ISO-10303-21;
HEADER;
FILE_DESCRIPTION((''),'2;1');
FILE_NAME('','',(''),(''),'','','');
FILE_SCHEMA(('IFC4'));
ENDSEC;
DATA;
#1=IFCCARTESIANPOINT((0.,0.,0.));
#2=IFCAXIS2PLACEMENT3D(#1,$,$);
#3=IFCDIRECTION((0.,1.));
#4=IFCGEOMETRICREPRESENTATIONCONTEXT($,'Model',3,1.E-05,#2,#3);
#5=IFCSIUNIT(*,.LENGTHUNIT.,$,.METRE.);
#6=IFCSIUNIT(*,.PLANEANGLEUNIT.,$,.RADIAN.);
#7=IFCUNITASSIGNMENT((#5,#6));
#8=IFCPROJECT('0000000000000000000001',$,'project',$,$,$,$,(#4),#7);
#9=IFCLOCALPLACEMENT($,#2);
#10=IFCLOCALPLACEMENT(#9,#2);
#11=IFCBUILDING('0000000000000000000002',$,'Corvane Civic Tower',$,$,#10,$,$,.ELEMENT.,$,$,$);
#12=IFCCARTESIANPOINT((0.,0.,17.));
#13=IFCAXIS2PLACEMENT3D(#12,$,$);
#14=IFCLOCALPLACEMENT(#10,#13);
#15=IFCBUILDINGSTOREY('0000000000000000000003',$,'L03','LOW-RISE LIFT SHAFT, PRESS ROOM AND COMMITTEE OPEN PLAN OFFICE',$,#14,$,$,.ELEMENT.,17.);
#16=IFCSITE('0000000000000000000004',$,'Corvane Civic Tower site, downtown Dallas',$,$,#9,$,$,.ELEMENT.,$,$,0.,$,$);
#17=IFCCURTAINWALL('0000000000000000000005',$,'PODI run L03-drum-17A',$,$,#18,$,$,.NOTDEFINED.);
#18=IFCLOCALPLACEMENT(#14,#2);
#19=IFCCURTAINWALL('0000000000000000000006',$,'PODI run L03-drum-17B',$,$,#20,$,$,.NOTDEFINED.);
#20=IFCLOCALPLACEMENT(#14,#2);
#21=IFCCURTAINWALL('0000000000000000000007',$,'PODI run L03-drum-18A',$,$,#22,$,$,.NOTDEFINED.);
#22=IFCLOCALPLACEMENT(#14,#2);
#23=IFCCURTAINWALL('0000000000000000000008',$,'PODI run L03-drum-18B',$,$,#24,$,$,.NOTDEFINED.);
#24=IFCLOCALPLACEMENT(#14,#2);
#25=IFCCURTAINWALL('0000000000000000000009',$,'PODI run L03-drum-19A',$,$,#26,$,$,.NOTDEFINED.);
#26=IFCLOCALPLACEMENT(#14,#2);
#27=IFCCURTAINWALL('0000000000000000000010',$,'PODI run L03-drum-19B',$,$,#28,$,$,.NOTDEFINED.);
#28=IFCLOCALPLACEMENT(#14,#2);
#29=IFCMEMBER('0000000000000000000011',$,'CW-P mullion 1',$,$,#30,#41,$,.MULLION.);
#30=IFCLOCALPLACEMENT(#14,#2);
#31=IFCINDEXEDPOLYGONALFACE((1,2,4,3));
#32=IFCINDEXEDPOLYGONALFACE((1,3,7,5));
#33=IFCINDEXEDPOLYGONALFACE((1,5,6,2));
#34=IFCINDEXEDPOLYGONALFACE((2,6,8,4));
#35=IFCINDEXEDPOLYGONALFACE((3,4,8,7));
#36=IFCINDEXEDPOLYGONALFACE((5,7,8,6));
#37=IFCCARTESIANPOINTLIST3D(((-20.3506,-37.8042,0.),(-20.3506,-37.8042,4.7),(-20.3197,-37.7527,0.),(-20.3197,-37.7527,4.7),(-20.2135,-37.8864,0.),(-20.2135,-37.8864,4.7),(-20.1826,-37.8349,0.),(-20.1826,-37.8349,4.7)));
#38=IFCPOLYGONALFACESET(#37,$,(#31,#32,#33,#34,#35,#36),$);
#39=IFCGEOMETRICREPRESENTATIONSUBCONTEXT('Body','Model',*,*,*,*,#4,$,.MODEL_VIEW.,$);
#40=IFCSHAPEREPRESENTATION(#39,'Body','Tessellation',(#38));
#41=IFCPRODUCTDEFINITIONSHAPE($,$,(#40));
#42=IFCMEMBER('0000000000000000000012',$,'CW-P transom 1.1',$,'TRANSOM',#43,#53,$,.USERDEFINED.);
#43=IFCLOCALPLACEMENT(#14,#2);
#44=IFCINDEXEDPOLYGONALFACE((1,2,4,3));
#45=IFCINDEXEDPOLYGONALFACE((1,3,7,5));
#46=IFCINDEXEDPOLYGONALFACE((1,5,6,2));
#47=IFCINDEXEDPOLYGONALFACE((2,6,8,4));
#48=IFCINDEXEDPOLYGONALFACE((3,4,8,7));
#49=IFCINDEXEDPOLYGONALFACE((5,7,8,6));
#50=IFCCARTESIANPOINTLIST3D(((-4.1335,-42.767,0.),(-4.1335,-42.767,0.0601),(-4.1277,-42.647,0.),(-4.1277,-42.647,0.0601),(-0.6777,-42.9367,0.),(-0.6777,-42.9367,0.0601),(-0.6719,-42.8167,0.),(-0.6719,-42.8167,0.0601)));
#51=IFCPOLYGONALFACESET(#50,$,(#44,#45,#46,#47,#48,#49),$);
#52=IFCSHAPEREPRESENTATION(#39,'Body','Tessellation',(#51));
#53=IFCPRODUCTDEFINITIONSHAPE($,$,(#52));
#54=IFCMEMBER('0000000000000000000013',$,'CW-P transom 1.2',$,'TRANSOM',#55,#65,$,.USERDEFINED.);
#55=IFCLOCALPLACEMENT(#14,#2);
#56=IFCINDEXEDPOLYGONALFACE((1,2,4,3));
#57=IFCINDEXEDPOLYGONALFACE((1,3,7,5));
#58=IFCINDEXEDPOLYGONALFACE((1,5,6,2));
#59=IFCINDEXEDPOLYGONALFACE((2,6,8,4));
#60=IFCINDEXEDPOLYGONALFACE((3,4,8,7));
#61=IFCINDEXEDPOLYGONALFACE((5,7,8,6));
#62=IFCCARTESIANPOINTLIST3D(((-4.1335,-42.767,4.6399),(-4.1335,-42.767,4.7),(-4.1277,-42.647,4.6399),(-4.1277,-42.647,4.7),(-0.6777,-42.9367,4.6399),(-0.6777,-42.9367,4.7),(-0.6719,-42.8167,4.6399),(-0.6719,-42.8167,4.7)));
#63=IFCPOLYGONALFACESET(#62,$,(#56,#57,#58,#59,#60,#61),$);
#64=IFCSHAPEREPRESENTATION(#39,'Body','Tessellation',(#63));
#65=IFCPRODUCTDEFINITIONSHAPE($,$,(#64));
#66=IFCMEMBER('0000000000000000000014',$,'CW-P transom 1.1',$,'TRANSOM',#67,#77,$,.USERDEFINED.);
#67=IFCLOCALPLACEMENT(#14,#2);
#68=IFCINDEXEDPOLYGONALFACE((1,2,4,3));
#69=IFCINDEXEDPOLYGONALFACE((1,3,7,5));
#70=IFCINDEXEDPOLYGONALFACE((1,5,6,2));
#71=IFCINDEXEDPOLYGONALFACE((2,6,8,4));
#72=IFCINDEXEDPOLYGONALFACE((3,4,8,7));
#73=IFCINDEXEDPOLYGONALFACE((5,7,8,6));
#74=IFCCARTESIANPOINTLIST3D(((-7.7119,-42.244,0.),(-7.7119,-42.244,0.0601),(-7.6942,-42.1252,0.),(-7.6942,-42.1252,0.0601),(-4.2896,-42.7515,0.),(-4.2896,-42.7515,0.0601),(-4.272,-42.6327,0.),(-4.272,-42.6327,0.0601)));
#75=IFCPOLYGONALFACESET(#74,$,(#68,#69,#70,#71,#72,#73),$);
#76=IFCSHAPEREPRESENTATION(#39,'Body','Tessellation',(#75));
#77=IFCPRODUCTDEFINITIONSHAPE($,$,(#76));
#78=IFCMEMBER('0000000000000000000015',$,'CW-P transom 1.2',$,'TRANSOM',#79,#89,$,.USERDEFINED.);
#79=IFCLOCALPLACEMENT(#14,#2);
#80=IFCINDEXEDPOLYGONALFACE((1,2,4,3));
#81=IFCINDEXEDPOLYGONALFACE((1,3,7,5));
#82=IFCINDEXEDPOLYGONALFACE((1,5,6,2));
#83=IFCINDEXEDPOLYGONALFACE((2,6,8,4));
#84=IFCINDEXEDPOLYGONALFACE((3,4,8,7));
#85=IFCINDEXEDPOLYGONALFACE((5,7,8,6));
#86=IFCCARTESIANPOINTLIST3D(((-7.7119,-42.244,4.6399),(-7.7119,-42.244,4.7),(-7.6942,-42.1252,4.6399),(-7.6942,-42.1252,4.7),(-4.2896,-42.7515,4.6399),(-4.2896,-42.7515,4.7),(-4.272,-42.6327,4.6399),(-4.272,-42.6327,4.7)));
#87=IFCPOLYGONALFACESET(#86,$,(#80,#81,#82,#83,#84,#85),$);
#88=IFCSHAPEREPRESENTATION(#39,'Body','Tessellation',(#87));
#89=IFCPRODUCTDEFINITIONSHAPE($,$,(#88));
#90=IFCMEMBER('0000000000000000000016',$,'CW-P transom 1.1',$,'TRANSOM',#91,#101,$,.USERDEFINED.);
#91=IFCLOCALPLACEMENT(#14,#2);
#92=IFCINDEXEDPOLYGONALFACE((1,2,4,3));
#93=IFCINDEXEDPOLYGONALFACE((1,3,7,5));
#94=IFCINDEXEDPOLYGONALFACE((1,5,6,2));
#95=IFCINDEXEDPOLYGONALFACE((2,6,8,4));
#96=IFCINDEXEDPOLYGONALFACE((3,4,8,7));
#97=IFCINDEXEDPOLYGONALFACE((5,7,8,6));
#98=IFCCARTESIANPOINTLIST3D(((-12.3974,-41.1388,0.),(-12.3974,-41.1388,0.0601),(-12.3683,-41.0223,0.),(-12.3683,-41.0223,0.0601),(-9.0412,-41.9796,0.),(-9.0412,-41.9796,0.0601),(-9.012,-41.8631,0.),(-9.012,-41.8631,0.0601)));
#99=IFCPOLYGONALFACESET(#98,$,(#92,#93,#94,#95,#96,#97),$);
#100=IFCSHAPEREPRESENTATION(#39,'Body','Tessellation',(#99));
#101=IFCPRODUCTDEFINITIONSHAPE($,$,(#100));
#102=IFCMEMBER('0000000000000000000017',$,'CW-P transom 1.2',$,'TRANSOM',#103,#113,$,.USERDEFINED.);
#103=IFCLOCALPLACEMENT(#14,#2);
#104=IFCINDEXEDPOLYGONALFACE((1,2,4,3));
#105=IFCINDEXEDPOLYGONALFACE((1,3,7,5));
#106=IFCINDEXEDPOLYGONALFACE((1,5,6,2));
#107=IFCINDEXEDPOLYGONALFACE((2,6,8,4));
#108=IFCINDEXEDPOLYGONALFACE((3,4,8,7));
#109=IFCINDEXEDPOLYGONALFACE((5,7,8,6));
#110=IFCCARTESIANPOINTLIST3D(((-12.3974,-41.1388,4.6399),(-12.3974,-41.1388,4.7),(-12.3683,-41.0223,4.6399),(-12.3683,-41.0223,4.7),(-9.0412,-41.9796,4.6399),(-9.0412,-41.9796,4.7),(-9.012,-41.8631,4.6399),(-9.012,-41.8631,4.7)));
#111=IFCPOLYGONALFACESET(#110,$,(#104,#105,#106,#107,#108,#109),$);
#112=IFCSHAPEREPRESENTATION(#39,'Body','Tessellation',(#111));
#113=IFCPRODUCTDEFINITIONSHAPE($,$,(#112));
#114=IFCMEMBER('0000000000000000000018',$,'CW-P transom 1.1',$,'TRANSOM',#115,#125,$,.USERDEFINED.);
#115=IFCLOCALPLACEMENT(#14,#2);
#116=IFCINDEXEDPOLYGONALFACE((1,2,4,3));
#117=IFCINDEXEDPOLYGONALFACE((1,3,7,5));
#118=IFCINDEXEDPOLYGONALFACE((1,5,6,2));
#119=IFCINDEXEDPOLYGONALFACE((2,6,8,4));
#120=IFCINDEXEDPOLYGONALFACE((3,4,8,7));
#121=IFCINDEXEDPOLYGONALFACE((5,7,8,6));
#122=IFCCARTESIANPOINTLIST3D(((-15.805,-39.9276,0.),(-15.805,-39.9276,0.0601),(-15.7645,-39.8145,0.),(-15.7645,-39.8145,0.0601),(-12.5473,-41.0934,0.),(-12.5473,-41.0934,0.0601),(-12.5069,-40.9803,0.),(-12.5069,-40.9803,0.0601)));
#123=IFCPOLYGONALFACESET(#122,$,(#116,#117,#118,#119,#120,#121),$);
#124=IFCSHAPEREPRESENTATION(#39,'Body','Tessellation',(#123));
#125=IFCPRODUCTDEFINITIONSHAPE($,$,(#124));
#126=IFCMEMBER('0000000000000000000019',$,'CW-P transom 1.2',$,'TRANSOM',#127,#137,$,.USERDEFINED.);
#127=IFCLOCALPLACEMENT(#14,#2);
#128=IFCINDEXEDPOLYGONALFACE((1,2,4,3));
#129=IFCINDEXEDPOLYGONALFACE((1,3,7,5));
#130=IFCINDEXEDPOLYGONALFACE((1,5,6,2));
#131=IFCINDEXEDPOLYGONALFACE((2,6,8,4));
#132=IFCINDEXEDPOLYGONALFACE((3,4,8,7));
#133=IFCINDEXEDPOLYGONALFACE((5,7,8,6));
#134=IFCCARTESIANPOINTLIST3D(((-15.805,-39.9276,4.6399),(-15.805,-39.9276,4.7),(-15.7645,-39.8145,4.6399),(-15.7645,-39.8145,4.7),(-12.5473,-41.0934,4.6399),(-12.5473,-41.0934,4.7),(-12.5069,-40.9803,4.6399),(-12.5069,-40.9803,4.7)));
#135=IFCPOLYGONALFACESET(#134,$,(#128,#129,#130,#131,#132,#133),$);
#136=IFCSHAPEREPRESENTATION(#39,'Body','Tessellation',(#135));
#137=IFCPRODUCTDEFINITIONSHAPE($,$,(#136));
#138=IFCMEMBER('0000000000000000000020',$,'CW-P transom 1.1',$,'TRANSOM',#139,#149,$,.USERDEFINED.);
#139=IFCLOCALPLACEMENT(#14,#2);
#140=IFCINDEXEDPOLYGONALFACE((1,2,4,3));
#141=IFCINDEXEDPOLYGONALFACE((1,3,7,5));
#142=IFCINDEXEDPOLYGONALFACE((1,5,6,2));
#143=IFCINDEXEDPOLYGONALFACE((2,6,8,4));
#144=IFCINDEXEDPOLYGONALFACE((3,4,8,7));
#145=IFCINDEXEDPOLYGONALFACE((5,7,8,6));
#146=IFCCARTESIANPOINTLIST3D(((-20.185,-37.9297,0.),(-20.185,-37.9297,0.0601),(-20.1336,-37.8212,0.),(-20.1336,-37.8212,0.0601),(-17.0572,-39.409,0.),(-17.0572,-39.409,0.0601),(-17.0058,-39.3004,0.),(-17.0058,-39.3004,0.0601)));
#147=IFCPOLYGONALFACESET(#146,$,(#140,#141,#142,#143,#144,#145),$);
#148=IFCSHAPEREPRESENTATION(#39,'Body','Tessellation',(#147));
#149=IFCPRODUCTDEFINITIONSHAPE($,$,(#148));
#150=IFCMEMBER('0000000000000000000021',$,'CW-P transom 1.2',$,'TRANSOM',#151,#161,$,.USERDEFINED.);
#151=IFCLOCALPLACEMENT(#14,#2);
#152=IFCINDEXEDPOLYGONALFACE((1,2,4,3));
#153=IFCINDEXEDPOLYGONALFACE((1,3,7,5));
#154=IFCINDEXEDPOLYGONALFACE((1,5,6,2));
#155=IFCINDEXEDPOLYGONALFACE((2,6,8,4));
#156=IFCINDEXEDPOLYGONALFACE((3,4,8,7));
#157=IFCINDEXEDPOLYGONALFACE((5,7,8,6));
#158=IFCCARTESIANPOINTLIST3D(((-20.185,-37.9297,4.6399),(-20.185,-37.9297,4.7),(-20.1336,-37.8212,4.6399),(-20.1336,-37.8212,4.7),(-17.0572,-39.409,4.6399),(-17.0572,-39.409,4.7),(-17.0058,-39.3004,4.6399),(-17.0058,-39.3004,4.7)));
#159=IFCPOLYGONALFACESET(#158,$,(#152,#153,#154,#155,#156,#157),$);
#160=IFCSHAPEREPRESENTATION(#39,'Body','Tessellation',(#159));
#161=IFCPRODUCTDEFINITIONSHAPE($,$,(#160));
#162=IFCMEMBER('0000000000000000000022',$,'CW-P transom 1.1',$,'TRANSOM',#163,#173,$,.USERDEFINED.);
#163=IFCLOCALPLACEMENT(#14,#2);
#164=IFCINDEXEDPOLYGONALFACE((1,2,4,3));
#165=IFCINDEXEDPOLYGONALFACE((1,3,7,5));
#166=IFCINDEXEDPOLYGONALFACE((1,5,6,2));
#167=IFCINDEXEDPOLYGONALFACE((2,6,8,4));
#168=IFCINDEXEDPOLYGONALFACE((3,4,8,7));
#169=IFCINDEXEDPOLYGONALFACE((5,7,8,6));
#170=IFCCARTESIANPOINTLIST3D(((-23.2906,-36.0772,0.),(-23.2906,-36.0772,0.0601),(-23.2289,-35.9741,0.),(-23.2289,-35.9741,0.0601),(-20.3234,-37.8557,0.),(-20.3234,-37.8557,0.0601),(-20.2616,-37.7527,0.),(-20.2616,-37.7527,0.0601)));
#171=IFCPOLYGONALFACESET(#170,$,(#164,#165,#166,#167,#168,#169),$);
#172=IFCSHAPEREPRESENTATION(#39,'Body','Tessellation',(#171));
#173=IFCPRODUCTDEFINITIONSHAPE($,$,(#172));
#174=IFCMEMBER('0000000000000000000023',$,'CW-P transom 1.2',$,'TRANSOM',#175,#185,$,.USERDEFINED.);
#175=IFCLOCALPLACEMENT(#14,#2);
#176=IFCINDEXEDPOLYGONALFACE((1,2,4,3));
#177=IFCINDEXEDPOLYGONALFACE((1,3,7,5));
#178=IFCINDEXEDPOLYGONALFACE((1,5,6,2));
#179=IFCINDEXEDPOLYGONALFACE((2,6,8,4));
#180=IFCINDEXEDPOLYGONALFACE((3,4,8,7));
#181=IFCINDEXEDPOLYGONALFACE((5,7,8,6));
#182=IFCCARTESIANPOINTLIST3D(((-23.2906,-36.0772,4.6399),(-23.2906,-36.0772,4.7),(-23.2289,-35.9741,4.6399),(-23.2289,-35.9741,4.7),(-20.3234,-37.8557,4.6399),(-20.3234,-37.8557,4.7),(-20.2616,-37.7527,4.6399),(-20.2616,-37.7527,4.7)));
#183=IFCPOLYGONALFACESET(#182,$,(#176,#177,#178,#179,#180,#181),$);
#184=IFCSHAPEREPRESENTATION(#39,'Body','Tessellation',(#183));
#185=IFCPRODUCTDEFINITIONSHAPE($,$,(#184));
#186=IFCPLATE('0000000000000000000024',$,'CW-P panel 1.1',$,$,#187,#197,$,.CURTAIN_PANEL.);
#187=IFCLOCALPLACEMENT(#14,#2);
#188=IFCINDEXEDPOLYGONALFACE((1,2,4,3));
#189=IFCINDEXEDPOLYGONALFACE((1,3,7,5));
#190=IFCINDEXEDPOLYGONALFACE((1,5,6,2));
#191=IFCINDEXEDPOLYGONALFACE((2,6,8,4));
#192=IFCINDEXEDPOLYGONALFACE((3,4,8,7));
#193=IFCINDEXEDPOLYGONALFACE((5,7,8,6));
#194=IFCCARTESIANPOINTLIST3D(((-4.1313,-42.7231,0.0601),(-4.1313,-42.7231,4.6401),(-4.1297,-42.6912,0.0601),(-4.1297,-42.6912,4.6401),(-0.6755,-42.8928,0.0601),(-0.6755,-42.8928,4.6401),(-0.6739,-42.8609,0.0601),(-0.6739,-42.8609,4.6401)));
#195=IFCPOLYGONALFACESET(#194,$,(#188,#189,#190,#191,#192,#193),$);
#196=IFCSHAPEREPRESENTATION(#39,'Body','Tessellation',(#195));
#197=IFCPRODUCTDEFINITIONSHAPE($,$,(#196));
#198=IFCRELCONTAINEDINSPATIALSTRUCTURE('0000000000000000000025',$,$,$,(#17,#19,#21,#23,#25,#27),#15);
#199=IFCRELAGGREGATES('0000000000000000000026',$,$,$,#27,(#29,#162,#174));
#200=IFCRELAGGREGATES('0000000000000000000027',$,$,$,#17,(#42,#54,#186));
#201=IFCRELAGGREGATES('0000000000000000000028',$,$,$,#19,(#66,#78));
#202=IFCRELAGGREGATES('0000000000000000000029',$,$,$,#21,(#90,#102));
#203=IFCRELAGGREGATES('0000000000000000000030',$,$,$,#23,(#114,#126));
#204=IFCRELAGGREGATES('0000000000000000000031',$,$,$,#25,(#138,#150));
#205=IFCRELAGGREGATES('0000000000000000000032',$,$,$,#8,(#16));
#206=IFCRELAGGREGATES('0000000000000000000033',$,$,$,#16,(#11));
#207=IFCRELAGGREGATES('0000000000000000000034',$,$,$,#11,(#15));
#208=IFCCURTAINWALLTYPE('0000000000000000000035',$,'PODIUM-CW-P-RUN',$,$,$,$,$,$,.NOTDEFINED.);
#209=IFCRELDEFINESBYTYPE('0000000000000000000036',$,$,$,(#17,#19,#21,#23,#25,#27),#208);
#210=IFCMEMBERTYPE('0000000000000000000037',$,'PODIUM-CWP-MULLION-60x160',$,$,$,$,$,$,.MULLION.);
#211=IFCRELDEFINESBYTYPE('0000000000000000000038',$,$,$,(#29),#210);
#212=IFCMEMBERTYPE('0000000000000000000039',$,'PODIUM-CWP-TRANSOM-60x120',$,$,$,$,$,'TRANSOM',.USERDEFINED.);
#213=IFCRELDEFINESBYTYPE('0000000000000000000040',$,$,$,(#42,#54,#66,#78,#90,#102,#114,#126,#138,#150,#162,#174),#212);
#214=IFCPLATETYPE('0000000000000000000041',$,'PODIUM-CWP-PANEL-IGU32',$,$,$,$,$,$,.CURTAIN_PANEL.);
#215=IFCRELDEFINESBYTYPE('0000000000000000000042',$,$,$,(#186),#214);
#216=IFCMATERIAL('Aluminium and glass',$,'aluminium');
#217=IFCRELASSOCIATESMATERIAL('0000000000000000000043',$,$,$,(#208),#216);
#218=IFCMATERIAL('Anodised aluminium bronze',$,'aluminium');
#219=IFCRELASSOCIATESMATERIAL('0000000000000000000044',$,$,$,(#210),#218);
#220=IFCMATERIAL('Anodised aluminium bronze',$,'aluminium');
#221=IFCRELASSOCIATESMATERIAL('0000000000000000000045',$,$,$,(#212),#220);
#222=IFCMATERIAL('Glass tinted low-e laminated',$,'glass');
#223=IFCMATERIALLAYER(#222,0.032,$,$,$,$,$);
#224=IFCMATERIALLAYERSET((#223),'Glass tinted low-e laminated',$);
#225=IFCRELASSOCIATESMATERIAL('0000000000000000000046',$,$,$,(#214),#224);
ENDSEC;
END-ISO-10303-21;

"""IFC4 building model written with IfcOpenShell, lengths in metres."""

from ifc_helpers import new_model, si_unit, direction, frame, origin, origin_2d, place, context, subcontext, project, spatial, rectangle, extrude, material, layer, layer_set, material_profile, profile_set, type_object, element, aggregate, save


model = new_model("IFC4")

# Units and contexts
model_context = context("Model", 3, precision=1e-05, world=origin(), true_north=direction((0.0, 1.0)))
body_context = subcontext(model_context, "Body", "Model", "MODEL_VIEW")
ifc_project = project(units=[si_unit("LENGTHUNIT", "METRE"), si_unit("PLANEANGLEUNIT", "RADIAN")], contexts=[model_context])

# Site, building, storey
site_placement = place(None, origin())
site = spatial("IfcSite", under=ifc_project, at=site_placement, Name="Corvane Civic Tower site, downtown Dallas", CompositionType="ELEMENT", RefElevation=0.0)
building_placement = place(site_placement, origin())
building = spatial("IfcBuilding", under=site, at=building_placement, Name="Corvane Civic Tower", CompositionType="ELEMENT")
storey_placement = place(building_placement, frame((0.0, 0.0, 17.0)))
storey = spatial("IfcBuildingStorey", under=building, at=storey_placement, Name="L03", Description="LOW-RISE LIFT SHAFT, PRESS ROOM AND COMMITTEE OPEN PLAN OFFICE", CompositionType="ELEMENT", Elevation=17.0)

# Curtain wall
ifc_material_1 = material(Name="Aluminium and glass", Category="aluminium")
curtain_wall_type = type_object("IfcCurtainWallType", Name="PODIUM-CW-P-RUN", PredefinedType="NOTDEFINED", material=ifc_material_1)
curtain_wall_1_placement = place(storey_placement, origin())
curtain_wall_1 = element("IfcCurtainWall", 1, at=curtain_wall_1_placement, inside=storey, type_object=curtain_wall_type, Name="PODI run L03-drum-17A", PredefinedType="NOTDEFINED")
ifc_material_2 = material(Name="Anodised aluminium bronze", Category="aluminium")
ifc_material_profile_1 = material_profile(ifc_material_2, rectangle(XDim=0.0601, YDim=0.1599, at=origin_2d()), Name="AL 60x160")
ifc_profile_set_1 = profile_set([ifc_material_profile_1], Name="Anodised aluminium bronze")
member_type_1 = type_object("IfcMemberType", Name="PODIUM-CWP-MULLION-60x160", PredefinedType="MULLION", material=ifc_profile_set_1)

# Curtain walls
curtain_wall_2_placement = place(storey_placement, origin())
curtain_wall_2 = element("IfcCurtainWall", 2, at=curtain_wall_2_placement, inside=storey, type_object=curtain_wall_type, Name="PODI run L03-drum-17B", PredefinedType="NOTDEFINED")
curtain_wall_3_placement = place(storey_placement, origin())
curtain_wall_3 = element("IfcCurtainWall", 3, at=curtain_wall_3_placement, inside=storey, type_object=curtain_wall_type, Name="PODI run L03-drum-18A", PredefinedType="NOTDEFINED")
curtain_wall_4_placement = place(storey_placement, origin())
curtain_wall_4 = element("IfcCurtainWall", 4, at=curtain_wall_4_placement, inside=storey, type_object=curtain_wall_type, Name="PODI run L03-drum-18B", PredefinedType="NOTDEFINED")
curtain_wall_5_placement = place(storey_placement, origin())
curtain_wall_5 = element("IfcCurtainWall", 5, at=curtain_wall_5_placement, inside=storey, type_object=curtain_wall_type, Name="PODI run L03-drum-19A", PredefinedType="NOTDEFINED")

# Curtain wall, member
curtain_wall_6_placement = place(storey_placement, origin())
curtain_wall_6 = element("IfcCurtainWall", 6, at=curtain_wall_6_placement, inside=storey, type_object=curtain_wall_type, Name="PODI run L03-drum-19B", PredefinedType="NOTDEFINED")
member_1_placement = place(storey_placement, frame((-20.2666, -37.8196, 0.0), z_axis=(0.0, 0.0, 1.0), x_axis=(-0.514118, -0.85772, 0.0)))
member_1 = element("IfcMember", 7, at=member_1_placement, type_object=member_type_1, Name="CW-P mullion 1", PredefinedType="MULLION", context=body_context, shape_type="SweptSolid", body=[
    extrude(rectangle(XDim=0.0601, YDim=0.1599, at=origin_2d()), origin(), (0.0, 0.0, 1.0), 4.7),
])

# Members
ifc_material_3 = material(Name="Anodised aluminium bronze", Category="aluminium")
ifc_material_profile_2 = material_profile(ifc_material_3, rectangle(XDim=0.1201, YDim=0.0601, at=origin_2d()), Name="AL 120x60")
ifc_profile_set_2 = profile_set([ifc_material_profile_2], Name="Anodised aluminium bronze")
member_type_2 = type_object("IfcMemberType", Name="PODIUM-CWP-TRANSOM-60x120", ElementType="TRANSOM", PredefinedType="USERDEFINED", material=ifc_profile_set_2)
member_2_placement = place(storey_placement, frame((-0.6748, -42.8767, 0.03), z_axis=(-0.998797, 0.04904, 0.0), x_axis=(-0.04904, -0.998797, 0.0)))
member_2 = element("IfcMember", 8, at=member_2_placement, type_object=member_type_2, Name="CW-P transom 1.1", ObjectType="TRANSOM", PredefinedType="USERDEFINED", context=body_context, shape_type="SweptSolid", body=[
    extrude(rectangle(XDim=0.1201, YDim=0.0601, at=origin_2d()), origin(), (0.0, 0.0, 1.0), 3.46),
])
member_3_placement = place(storey_placement, frame((-0.6748, -42.8767, 4.6699), z_axis=(-0.998797, 0.04904, 0.0), x_axis=(-0.04904, -0.998797, 0.0)))
member_3 = element("IfcMember", 9, at=member_3_placement, type_object=member_type_2, Name="CW-P transom 1.2", ObjectType="TRANSOM", PredefinedType="USERDEFINED", context=body_context, shape_type="SweptSolid", body=[
    extrude(rectangle(XDim=0.1201, YDim=0.0601, at=origin_2d()), origin(), (0.0, 0.0, 1.0), 3.46),
])
member_4_placement = place(storey_placement, frame((-4.2808, -42.6921, 0.03), z_axis=(-0.98918, 0.146705, 0.0), x_axis=(-0.146705, -0.98918, 0.0)))
member_4 = element("IfcMember", 10, at=member_4_placement, type_object=member_type_2, Name="CW-P transom 1.1", ObjectType="TRANSOM", PredefinedType="USERDEFINED", context=body_context, shape_type="SweptSolid", body=[
    extrude(rectangle(XDim=0.1201, YDim=0.0601, at=origin_2d()), origin(), (0.0, 0.0, 1.0), 3.4597),
])
member_5_placement = place(storey_placement, frame((-4.2808, -42.6921, 4.6699), z_axis=(-0.98918, 0.146705, 0.0), x_axis=(-0.146705, -0.98918, 0.0)))
member_5 = element("IfcMember", 11, at=member_5_placement, type_object=member_type_2, Name="CW-P transom 1.2", ObjectType="TRANSOM", PredefinedType="USERDEFINED", context=body_context, shape_type="SweptSolid", body=[
    extrude(rectangle(XDim=0.1201, YDim=0.0601, at=origin_2d()), origin(), (0.0, 0.0, 1.0), 3.4597),
])
member_6_placement = place(storey_placement, frame((-9.0266, -41.9214, 0.03), z_axis=(-0.970022, 0.243017, 0.0), x_axis=(-0.243017, -0.970022, 0.0)))
member_6 = element("IfcMember", 12, at=member_6_placement, type_object=member_type_2, Name="CW-P transom 1.1", ObjectType="TRANSOM", PredefinedType="USERDEFINED", context=body_context, shape_type="SweptSolid", body=[
    extrude(rectangle(XDim=0.1201, YDim=0.0601, at=origin_2d()), origin(), (0.0, 0.0, 1.0), 3.46),
])
member_7_placement = place(storey_placement, frame((-9.0266, -41.9214, 4.6699), z_axis=(-0.970022, 0.243017, 0.0), x_axis=(-0.243017, -0.970022, 0.0)))
member_7 = element("IfcMember", 13, at=member_7_placement, type_object=member_type_2, Name="CW-P transom 1.2", ObjectType="TRANSOM", PredefinedType="USERDEFINED", context=body_context, shape_type="SweptSolid", body=[
    extrude(rectangle(XDim=0.1201, YDim=0.0601, at=origin_2d()), origin(), (0.0, 0.0, 1.0), 3.46),
])
member_8_placement = place(storey_placement, frame((-12.5271, -41.0369, 0.03), z_axis=(-0.941526, 0.33694, 0.0), x_axis=(-0.33694, -0.941526, 0.0)))
member_8 = element("IfcMember", 14, at=member_8_placement, type_object=member_type_2, Name="CW-P transom 1.1", ObjectType="TRANSOM", PredefinedType="USERDEFINED", context=body_context, shape_type="SweptSolid", body=[
    extrude(rectangle(XDim=0.1201, YDim=0.0601, at=origin_2d()), origin(), (0.0, 0.0, 1.0), 3.46),
])
member_9_placement = place(storey_placement, frame((-12.5271, -41.0369, 4.6699), z_axis=(-0.941526, 0.33694, 0.0), x_axis=(-0.33694, -0.941526, 0.0)))
member_9 = element("IfcMember", 15, at=member_9_placement, type_object=member_type_2, Name="CW-P transom 1.2", ObjectType="TRANSOM", PredefinedType="USERDEFINED", context=body_context, shape_type="SweptSolid", body=[
    extrude(rectangle(XDim=0.1201, YDim=0.0601, at=origin_2d()), origin(), (0.0, 0.0, 1.0), 3.46),
])
member_10_placement = place(storey_placement, frame((-17.0315, -39.3547, 0.03), z_axis=(-0.903993, 0.427546, 0.0), x_axis=(-0.427546, -0.903993, 0.0)))
member_10 = element("IfcMember", 16, at=member_10_placement, type_object=member_type_2, Name="CW-P transom 1.1", ObjectType="TRANSOM", PredefinedType="USERDEFINED", context=body_context, shape_type="SweptSolid", body=[
    extrude(rectangle(XDim=0.1201, YDim=0.0601, at=origin_2d()), origin(), (0.0, 0.0, 1.0), 3.46),
])
member_11_placement = place(storey_placement, frame((-17.0315, -39.3547, 4.6699), z_axis=(-0.903993, 0.427546, 0.0), x_axis=(-0.427546, -0.903993, 0.0)))
member_11 = element("IfcMember", 17, at=member_11_placement, type_object=member_type_2, Name="CW-P transom 1.2", ObjectType="TRANSOM", PredefinedType="USERDEFINED", context=body_context, shape_type="SweptSolid", body=[
    extrude(rectangle(XDim=0.1201, YDim=0.0601, at=origin_2d()), origin(), (0.0, 0.0, 1.0), 3.46),
])
member_12_placement = place(storey_placement, frame((-20.2925, -37.8042, 0.03), z_axis=(-0.857723, 0.514112, 0.0), x_axis=(-0.514112, -0.857723, 0.0)))
member_12 = element("IfcMember", 18, at=member_12_placement, type_object=member_type_2, Name="CW-P transom 1.1", ObjectType="TRANSOM", PredefinedType="USERDEFINED", context=body_context, shape_type="SweptSolid", body=[
    extrude(rectangle(XDim=0.1201, YDim=0.0601, at=origin_2d()), origin(), (0.0, 0.0, 1.0), 3.4595),
])
member_13_placement = place(storey_placement, frame((-20.2925, -37.8042, 4.6699), z_axis=(-0.857723, 0.514112, 0.0), x_axis=(-0.514112, -0.857723, 0.0)))
member_13 = element("IfcMember", 19, at=member_13_placement, type_object=member_type_2, Name="CW-P transom 1.2", ObjectType="TRANSOM", PredefinedType="USERDEFINED", context=body_context, shape_type="SweptSolid", body=[
    extrude(rectangle(XDim=0.1201, YDim=0.0601, at=origin_2d()), origin(), (0.0, 0.0, 1.0), 3.4595),
])
aggregate(curtain_wall_6, [member_1, member_12, member_13])

# Plate
ifc_material_4 = material(Name="Glass tinted low-e laminated", Category="glass")
ifc_layer_1 = layer(ifc_material_4, 0.032)
ifc_layer_set_1 = layer_set([ifc_layer_1], Name="Glass tinted low-e laminated")
plate_type = type_object("IfcPlateType", Name="PODIUM-CWP-PANEL-IGU32", PredefinedType="CURTAIN_PANEL", material=ifc_layer_set_1)
plate_1_placement = place(storey_placement, frame((-2.4026, -42.792, 0.0601), z_axis=(0.0, 0.0, 1.0), x_axis=(-0.998796, 0.04905, 0.0)))
plate_1 = element("IfcPlate", 20, at=plate_1_placement, type_object=plate_type, Name="CW-P panel 1.1", PredefinedType="CURTAIN_PANEL", context=body_context, shape_type="SweptSolid", body=[
    extrude(rectangle(XDim=3.46, YDim=0.032, at=origin_2d()), origin(), (0.0, 0.0, 1.0), 4.5801),
])
aggregate(curtain_wall_1, [member_2, member_3, plate_1])
aggregate(curtain_wall_2, [member_4, member_5])
aggregate(curtain_wall_3, [member_6, member_7])
aggregate(curtain_wall_4, [member_8, member_9])
aggregate(curtain_wall_5, [member_10, member_11])

save(model, "model.ifc")
